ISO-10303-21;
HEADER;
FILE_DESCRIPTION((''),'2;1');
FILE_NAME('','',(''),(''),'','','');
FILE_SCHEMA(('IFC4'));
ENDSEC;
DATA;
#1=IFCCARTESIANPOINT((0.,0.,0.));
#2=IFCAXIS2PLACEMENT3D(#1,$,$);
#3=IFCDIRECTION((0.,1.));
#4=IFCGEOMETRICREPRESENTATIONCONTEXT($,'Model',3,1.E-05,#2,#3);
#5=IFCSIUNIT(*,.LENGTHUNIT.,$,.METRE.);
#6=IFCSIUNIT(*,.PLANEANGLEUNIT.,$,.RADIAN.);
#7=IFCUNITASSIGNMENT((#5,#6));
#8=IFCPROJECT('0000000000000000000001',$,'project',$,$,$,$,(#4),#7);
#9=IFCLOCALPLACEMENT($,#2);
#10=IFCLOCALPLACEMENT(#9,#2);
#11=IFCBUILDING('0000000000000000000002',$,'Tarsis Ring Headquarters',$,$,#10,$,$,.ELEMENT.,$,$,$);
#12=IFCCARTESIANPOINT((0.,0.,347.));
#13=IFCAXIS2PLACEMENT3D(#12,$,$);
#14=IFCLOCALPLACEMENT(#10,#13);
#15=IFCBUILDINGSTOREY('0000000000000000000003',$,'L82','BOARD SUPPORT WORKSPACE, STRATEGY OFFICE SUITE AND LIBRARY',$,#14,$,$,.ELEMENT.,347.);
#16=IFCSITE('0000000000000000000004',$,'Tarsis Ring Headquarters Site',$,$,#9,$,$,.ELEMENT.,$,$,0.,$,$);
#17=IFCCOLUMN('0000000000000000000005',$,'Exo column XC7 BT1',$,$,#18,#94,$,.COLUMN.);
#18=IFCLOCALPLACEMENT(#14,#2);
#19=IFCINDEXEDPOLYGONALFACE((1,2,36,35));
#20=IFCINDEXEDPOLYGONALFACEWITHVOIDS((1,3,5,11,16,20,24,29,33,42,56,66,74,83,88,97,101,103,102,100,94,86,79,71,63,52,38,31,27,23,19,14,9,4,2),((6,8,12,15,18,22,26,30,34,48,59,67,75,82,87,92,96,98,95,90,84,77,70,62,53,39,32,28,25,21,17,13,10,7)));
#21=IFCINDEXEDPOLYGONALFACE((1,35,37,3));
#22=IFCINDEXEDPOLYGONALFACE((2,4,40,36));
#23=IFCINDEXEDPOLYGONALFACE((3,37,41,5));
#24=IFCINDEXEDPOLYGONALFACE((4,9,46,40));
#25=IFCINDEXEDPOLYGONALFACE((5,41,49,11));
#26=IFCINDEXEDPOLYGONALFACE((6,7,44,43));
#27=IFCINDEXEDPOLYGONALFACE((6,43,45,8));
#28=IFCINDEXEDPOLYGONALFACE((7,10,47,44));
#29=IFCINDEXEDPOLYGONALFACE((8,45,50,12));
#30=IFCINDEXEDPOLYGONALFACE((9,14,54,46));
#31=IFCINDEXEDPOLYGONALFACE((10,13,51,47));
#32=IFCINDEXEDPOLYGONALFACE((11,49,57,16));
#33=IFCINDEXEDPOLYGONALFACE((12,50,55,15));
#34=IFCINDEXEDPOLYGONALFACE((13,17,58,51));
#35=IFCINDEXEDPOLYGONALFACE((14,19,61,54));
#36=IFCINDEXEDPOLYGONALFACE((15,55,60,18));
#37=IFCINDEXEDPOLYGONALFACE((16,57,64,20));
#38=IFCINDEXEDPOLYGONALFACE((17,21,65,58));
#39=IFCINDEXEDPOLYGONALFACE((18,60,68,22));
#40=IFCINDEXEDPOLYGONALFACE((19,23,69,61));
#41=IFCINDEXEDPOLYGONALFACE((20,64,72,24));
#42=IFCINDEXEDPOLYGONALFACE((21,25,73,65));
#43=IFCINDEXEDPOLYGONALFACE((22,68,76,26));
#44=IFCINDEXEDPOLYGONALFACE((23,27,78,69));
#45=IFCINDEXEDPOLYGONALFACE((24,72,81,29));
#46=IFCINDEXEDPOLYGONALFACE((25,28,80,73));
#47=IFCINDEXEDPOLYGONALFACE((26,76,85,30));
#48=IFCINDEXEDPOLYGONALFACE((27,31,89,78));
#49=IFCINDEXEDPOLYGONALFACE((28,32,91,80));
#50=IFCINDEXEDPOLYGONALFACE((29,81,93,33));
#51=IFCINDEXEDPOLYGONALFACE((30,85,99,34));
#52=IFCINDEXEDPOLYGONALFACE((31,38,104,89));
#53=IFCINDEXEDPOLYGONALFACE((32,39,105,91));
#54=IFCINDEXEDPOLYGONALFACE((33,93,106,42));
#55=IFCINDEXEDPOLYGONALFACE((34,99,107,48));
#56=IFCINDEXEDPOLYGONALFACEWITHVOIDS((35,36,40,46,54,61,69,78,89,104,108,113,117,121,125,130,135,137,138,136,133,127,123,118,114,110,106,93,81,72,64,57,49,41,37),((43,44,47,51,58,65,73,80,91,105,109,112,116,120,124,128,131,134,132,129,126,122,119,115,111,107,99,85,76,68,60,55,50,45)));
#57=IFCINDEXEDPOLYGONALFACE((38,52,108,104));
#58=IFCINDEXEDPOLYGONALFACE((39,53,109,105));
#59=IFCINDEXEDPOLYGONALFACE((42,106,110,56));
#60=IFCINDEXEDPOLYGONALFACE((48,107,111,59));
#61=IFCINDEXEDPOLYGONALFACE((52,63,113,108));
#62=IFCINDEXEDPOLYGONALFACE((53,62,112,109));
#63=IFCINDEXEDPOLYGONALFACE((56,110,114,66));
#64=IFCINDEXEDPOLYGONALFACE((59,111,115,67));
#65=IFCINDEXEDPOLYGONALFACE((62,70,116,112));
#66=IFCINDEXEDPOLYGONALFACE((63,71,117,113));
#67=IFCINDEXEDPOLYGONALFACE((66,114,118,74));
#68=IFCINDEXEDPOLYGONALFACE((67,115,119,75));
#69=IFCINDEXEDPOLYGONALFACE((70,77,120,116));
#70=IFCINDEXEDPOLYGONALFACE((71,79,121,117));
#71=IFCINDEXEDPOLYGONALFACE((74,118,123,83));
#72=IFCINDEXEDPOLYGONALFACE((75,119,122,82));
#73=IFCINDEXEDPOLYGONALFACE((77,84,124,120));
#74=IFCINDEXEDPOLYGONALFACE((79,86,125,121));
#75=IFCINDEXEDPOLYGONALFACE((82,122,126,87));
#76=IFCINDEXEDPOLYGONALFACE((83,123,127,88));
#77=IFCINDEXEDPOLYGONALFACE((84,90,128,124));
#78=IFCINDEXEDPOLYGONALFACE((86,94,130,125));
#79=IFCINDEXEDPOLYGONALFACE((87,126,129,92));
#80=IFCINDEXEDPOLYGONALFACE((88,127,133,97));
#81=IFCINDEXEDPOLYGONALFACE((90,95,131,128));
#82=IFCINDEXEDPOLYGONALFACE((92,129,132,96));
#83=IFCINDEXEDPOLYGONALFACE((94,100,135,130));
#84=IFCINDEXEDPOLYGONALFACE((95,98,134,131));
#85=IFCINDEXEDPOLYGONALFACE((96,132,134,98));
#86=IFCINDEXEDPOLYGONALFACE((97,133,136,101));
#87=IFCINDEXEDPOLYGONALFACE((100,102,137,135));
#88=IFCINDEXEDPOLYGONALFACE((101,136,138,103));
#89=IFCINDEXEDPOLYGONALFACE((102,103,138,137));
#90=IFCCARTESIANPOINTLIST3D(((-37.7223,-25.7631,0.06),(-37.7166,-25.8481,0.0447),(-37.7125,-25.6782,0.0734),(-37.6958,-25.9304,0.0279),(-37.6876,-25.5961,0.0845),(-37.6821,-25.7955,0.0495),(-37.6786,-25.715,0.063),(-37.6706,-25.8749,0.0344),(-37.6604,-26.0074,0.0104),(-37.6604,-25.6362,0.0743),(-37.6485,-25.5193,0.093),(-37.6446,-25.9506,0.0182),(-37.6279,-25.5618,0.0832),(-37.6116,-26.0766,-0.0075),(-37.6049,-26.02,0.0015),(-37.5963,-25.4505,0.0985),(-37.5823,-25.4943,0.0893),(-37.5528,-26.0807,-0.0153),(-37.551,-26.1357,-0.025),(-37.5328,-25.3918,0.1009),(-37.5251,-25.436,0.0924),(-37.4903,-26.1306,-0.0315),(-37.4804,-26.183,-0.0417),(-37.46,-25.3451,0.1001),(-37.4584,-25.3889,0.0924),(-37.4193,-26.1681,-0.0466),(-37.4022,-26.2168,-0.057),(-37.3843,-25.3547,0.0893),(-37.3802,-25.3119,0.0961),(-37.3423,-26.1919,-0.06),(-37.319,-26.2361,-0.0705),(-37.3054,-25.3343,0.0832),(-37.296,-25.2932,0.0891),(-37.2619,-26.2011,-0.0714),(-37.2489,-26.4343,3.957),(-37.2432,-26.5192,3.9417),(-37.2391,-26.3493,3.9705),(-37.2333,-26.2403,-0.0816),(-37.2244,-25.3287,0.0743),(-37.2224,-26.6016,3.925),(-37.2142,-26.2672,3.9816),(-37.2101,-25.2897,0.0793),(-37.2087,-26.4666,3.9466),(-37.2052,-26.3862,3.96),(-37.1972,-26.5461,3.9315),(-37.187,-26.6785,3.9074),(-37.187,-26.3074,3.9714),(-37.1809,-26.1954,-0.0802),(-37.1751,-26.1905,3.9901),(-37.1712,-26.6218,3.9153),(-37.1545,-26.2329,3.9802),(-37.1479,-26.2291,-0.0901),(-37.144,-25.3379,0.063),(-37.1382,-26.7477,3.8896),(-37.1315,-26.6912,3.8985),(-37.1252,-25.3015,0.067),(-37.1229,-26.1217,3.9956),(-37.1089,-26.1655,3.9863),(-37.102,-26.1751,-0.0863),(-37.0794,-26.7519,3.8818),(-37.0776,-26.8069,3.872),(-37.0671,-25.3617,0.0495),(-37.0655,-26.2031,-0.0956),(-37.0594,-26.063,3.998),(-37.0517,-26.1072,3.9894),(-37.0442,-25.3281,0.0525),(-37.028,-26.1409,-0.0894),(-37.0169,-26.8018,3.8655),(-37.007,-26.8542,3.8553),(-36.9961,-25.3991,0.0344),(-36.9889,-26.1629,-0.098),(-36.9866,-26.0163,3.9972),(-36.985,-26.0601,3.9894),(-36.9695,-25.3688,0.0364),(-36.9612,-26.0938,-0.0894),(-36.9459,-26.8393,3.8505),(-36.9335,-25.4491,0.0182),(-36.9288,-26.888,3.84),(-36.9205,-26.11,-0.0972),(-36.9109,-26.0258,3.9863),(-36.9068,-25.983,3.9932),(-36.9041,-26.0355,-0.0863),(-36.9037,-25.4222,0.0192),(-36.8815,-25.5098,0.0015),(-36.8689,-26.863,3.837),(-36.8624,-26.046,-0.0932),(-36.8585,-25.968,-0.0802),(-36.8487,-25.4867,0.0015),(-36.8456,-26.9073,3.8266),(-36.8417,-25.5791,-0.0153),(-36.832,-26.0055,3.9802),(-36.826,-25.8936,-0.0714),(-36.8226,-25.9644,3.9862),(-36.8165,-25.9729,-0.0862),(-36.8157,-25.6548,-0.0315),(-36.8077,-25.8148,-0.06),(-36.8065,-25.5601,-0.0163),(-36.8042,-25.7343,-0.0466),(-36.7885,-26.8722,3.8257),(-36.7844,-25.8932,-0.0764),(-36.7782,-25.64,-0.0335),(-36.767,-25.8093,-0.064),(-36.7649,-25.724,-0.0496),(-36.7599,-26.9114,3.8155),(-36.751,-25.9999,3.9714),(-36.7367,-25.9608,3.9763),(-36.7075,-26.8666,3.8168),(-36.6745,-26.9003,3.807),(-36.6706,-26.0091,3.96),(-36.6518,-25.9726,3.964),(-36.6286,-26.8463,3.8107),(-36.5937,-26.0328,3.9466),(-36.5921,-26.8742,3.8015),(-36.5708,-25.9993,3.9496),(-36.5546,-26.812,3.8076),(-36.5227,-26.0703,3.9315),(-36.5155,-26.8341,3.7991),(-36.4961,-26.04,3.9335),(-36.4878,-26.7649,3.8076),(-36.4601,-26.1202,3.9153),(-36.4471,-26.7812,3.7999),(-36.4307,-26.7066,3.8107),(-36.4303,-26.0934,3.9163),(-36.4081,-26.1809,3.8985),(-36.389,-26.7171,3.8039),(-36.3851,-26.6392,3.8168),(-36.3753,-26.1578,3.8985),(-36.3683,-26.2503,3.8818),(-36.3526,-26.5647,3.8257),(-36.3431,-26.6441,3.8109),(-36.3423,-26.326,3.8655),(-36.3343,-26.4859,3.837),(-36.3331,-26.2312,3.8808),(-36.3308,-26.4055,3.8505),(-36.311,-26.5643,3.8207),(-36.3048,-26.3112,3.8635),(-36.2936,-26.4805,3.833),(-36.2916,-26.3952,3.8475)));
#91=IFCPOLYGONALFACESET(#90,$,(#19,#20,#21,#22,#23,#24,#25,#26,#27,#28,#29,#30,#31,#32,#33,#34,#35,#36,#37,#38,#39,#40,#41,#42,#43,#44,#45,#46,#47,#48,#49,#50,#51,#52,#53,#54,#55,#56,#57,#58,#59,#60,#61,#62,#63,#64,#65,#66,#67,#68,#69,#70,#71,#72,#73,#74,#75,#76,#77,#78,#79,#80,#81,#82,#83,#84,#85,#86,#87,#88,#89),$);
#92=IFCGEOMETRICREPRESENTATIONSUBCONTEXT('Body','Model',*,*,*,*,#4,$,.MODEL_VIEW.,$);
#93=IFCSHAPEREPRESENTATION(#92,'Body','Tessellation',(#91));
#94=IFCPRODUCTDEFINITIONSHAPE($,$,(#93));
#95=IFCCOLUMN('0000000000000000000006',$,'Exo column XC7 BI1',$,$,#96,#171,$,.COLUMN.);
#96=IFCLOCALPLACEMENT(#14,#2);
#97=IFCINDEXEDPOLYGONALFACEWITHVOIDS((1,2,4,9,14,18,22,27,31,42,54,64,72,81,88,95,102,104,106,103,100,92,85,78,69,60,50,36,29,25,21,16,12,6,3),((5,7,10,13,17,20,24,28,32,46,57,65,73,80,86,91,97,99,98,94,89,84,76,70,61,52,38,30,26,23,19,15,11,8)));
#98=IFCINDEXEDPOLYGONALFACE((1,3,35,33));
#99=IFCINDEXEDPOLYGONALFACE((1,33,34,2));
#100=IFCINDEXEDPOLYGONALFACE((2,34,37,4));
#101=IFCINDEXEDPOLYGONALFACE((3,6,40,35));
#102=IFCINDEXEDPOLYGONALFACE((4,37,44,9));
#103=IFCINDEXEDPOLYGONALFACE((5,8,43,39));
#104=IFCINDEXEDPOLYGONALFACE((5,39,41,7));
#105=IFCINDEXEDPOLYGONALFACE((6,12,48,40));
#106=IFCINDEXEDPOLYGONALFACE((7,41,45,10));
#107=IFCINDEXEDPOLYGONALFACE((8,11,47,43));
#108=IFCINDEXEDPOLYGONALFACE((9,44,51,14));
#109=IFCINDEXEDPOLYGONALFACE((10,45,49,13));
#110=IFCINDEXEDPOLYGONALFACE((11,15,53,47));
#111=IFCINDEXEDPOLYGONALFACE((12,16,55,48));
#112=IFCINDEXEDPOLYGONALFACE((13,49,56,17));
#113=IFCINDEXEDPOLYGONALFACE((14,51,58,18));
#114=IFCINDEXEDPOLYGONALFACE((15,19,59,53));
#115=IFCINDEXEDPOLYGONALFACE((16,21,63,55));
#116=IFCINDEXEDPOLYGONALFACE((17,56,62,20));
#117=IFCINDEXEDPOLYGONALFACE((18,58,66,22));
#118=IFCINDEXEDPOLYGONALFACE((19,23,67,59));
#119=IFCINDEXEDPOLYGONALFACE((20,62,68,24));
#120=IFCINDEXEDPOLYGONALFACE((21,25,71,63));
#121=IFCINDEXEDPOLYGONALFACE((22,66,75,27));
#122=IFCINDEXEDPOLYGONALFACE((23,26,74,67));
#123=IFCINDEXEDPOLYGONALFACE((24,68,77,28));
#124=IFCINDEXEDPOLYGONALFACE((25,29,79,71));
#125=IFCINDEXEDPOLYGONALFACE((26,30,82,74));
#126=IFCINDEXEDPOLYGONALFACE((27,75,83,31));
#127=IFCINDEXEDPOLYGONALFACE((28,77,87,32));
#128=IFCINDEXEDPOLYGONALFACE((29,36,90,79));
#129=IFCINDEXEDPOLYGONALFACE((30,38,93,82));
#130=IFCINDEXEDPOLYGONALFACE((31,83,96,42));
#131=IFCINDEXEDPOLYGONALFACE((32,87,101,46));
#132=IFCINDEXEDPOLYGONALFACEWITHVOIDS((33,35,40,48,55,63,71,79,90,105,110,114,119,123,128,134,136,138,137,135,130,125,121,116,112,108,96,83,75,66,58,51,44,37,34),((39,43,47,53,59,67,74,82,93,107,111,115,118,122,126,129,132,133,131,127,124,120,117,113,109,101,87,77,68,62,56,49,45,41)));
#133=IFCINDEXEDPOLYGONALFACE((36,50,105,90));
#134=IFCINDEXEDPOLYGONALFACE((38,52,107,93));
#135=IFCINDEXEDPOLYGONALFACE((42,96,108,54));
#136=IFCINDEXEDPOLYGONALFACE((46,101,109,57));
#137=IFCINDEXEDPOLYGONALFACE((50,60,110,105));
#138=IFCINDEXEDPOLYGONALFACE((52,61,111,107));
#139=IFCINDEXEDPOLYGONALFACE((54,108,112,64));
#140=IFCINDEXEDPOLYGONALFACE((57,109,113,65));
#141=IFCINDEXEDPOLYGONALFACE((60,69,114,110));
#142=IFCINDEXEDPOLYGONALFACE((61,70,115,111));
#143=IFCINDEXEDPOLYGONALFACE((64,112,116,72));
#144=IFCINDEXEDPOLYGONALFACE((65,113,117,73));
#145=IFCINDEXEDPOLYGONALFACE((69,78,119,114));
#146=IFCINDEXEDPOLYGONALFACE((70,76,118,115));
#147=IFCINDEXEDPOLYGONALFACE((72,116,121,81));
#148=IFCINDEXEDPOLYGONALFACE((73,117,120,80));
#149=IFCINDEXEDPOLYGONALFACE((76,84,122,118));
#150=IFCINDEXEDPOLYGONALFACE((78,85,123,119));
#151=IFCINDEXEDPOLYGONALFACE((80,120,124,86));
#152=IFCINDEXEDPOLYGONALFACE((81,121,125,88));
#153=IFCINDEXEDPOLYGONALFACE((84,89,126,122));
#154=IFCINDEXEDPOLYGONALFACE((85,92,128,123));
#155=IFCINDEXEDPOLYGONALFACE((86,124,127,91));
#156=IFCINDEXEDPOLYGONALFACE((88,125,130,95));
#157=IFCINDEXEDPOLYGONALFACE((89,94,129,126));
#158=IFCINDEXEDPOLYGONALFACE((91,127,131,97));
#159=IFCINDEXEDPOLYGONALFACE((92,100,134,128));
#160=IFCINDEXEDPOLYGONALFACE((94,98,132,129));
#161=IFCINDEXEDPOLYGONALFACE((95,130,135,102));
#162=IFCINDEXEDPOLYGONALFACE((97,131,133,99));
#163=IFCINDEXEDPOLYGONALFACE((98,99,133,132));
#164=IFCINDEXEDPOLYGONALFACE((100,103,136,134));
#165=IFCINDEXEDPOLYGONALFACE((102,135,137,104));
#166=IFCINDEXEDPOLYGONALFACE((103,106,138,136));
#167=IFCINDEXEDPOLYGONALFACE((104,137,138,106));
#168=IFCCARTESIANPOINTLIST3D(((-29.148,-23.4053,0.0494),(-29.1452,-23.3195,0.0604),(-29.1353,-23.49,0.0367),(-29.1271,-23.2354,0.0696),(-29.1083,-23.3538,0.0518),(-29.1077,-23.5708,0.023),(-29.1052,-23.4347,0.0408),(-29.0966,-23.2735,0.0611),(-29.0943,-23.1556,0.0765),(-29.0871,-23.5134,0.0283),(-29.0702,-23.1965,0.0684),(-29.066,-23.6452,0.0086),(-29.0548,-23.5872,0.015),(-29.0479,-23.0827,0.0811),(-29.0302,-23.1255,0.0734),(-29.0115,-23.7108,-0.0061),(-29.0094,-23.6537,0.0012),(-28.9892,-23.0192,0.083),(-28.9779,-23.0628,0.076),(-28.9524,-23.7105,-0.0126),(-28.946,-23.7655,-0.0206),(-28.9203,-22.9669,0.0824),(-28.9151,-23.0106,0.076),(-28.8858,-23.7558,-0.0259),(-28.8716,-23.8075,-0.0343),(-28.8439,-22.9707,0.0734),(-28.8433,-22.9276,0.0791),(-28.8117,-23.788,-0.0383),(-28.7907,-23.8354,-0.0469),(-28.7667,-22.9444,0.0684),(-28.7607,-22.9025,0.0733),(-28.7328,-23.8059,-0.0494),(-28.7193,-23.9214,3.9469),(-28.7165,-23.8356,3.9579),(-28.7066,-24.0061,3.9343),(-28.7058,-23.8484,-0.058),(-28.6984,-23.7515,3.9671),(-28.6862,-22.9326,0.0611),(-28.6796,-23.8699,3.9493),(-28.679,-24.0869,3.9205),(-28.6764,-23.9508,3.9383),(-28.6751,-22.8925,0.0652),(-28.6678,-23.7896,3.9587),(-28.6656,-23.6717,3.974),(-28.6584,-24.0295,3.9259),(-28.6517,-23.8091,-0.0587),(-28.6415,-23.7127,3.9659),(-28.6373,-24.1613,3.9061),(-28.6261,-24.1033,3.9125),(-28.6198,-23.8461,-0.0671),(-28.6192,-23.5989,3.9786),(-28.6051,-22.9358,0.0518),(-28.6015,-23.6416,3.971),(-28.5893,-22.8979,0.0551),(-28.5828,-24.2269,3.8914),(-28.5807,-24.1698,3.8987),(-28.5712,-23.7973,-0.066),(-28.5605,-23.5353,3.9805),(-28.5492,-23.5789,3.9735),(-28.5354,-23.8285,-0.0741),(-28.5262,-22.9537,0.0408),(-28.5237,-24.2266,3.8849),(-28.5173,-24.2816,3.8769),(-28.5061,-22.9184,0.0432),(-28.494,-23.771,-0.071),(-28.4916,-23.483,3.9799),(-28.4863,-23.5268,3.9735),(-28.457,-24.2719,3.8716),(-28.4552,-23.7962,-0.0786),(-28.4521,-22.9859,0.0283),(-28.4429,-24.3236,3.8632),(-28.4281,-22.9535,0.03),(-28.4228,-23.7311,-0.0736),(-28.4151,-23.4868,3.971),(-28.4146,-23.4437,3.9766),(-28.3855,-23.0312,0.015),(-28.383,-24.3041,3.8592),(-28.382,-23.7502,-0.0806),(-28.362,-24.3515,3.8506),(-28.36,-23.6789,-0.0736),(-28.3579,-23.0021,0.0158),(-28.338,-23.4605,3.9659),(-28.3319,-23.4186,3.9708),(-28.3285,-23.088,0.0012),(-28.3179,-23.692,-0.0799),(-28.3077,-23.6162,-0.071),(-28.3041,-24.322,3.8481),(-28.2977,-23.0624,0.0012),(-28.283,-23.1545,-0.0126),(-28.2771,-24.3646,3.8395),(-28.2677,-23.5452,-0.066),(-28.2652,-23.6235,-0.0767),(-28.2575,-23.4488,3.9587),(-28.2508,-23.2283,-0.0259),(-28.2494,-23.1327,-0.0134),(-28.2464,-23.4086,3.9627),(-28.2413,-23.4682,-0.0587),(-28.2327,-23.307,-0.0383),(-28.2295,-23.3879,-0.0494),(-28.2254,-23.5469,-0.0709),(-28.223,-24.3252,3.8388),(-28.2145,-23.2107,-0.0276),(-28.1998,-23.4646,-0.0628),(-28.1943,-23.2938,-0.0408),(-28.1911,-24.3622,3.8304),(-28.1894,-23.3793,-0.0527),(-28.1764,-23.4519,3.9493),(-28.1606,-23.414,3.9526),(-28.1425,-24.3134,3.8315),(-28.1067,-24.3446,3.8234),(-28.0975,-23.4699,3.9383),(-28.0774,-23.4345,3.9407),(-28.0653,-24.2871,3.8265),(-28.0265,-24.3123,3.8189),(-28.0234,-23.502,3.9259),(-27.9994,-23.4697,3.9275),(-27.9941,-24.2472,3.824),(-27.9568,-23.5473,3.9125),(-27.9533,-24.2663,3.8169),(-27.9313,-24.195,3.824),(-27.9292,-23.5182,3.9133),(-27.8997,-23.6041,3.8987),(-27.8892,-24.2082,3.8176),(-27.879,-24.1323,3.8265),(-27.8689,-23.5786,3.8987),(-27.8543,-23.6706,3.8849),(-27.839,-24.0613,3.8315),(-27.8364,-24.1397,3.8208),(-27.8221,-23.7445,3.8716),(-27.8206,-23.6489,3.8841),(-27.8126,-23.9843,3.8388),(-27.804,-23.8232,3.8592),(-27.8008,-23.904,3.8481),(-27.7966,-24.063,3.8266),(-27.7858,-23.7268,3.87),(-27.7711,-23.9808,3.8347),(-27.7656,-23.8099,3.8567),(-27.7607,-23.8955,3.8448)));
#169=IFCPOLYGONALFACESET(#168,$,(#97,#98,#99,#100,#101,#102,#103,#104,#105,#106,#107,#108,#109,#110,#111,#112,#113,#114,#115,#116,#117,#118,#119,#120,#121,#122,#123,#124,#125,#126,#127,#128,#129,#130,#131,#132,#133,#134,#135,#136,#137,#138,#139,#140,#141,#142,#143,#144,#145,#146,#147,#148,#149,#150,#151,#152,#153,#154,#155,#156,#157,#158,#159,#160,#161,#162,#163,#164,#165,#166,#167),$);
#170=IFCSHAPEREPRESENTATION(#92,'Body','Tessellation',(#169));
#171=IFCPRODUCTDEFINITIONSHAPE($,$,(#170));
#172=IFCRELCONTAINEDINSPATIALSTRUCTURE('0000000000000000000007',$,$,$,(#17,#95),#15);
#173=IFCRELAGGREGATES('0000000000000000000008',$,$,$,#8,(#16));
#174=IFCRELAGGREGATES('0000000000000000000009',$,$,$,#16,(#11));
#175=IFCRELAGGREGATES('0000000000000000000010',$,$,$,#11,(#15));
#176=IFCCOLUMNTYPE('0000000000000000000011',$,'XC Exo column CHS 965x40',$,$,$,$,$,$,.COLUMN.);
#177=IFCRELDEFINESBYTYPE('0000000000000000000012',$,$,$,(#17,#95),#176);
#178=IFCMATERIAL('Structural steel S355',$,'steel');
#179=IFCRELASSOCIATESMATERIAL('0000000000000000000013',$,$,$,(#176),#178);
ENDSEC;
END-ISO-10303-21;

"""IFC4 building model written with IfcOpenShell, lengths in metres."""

from ifc_helpers import new_model, si_unit, direction, frame, origin, origin_2d, place, context, subcontext, project, spatial, hollow_circle, extrude, material, material_profile, profile_set, type_object, element, save


model = new_model("IFC4")

# Units and contexts
model_context = context("Model", 3, precision=1e-05, world=origin(), true_north=direction((0.0, 1.0)))
body_context = subcontext(model_context, "Body", "Model", "MODEL_VIEW")
ifc_project = project(units=[si_unit("LENGTHUNIT", "METRE"), si_unit("PLANEANGLEUNIT", "RADIAN")], contexts=[model_context])

# Site, building, storey
site_placement = place(None, origin())
site = spatial("IfcSite", under=ifc_project, at=site_placement, Name="Tarsis Ring Headquarters Site", CompositionType="ELEMENT", RefElevation=0.0)
building_placement = place(site_placement, origin())
building = spatial("IfcBuilding", under=site, at=building_placement, Name="Tarsis Ring Headquarters", CompositionType="ELEMENT")
storey_placement = place(building_placement, frame((0.0, 0.0, 347.0)))
storey = spatial("IfcBuildingStorey", under=building, at=storey_placement, Name="L82", Description="BOARD SUPPORT WORKSPACE, STRATEGY OFFICE SUITE AND LIBRARY", CompositionType="ELEMENT", Elevation=347.0)

# Columns
ifc_material_1 = material(Name="Structural steel S355", Category="steel")
ifc_material_profile_1 = material_profile(ifc_material_1, hollow_circle(Radius=0.4827, WallThickness=0.04, at=origin_2d()), Name="CHS 965x40")
ifc_profile_set_1 = profile_set([ifc_material_profile_1], Name="Structural steel S355")
column_type = type_object("IfcColumnType", Name="XC Exo column CHS 965x40", PredefinedType="COLUMN", material=ifc_profile_set_1)
column_1_placement = place(storey_placement, frame((-37.2432, -25.7649, 0.0015), z_axis=(0.118865, -0.16852, 0.978505), x_axis=(0.817174, 0.576391, 0.0)))
element("IfcColumn", 1, at=column_1_placement, inside=storey, type_object=column_type, Name="Exo column XC7 BT1", PredefinedType="COLUMN", context=body_context, shape_type="SweptSolid", body=[
    extrude(hollow_circle(Radius=0.4827, WallThickness=0.04, at=origin_2d()), origin(), (0.0, 0.0, 1.0), 3.9827),
])
column_2_placement = place(storey_placement, frame((-28.6689, -23.3708, 0.0012), z_axis=(0.108403, -0.130503, 0.985504), x_axis=(0.769234, 0.638967, 0.0)))
element("IfcColumn", 2, at=column_2_placement, inside=storey, type_object=column_type, Name="Exo column XC7 BI1", PredefinedType="COLUMN", context=body_context, shape_type="SweptSolid", body=[
    extrude(hollow_circle(Radius=0.4827, WallThickness=0.04, at=origin_2d()), origin(), (0.0, 0.0, 1.0), 3.9548),
])

save(model, "model.ifc")
